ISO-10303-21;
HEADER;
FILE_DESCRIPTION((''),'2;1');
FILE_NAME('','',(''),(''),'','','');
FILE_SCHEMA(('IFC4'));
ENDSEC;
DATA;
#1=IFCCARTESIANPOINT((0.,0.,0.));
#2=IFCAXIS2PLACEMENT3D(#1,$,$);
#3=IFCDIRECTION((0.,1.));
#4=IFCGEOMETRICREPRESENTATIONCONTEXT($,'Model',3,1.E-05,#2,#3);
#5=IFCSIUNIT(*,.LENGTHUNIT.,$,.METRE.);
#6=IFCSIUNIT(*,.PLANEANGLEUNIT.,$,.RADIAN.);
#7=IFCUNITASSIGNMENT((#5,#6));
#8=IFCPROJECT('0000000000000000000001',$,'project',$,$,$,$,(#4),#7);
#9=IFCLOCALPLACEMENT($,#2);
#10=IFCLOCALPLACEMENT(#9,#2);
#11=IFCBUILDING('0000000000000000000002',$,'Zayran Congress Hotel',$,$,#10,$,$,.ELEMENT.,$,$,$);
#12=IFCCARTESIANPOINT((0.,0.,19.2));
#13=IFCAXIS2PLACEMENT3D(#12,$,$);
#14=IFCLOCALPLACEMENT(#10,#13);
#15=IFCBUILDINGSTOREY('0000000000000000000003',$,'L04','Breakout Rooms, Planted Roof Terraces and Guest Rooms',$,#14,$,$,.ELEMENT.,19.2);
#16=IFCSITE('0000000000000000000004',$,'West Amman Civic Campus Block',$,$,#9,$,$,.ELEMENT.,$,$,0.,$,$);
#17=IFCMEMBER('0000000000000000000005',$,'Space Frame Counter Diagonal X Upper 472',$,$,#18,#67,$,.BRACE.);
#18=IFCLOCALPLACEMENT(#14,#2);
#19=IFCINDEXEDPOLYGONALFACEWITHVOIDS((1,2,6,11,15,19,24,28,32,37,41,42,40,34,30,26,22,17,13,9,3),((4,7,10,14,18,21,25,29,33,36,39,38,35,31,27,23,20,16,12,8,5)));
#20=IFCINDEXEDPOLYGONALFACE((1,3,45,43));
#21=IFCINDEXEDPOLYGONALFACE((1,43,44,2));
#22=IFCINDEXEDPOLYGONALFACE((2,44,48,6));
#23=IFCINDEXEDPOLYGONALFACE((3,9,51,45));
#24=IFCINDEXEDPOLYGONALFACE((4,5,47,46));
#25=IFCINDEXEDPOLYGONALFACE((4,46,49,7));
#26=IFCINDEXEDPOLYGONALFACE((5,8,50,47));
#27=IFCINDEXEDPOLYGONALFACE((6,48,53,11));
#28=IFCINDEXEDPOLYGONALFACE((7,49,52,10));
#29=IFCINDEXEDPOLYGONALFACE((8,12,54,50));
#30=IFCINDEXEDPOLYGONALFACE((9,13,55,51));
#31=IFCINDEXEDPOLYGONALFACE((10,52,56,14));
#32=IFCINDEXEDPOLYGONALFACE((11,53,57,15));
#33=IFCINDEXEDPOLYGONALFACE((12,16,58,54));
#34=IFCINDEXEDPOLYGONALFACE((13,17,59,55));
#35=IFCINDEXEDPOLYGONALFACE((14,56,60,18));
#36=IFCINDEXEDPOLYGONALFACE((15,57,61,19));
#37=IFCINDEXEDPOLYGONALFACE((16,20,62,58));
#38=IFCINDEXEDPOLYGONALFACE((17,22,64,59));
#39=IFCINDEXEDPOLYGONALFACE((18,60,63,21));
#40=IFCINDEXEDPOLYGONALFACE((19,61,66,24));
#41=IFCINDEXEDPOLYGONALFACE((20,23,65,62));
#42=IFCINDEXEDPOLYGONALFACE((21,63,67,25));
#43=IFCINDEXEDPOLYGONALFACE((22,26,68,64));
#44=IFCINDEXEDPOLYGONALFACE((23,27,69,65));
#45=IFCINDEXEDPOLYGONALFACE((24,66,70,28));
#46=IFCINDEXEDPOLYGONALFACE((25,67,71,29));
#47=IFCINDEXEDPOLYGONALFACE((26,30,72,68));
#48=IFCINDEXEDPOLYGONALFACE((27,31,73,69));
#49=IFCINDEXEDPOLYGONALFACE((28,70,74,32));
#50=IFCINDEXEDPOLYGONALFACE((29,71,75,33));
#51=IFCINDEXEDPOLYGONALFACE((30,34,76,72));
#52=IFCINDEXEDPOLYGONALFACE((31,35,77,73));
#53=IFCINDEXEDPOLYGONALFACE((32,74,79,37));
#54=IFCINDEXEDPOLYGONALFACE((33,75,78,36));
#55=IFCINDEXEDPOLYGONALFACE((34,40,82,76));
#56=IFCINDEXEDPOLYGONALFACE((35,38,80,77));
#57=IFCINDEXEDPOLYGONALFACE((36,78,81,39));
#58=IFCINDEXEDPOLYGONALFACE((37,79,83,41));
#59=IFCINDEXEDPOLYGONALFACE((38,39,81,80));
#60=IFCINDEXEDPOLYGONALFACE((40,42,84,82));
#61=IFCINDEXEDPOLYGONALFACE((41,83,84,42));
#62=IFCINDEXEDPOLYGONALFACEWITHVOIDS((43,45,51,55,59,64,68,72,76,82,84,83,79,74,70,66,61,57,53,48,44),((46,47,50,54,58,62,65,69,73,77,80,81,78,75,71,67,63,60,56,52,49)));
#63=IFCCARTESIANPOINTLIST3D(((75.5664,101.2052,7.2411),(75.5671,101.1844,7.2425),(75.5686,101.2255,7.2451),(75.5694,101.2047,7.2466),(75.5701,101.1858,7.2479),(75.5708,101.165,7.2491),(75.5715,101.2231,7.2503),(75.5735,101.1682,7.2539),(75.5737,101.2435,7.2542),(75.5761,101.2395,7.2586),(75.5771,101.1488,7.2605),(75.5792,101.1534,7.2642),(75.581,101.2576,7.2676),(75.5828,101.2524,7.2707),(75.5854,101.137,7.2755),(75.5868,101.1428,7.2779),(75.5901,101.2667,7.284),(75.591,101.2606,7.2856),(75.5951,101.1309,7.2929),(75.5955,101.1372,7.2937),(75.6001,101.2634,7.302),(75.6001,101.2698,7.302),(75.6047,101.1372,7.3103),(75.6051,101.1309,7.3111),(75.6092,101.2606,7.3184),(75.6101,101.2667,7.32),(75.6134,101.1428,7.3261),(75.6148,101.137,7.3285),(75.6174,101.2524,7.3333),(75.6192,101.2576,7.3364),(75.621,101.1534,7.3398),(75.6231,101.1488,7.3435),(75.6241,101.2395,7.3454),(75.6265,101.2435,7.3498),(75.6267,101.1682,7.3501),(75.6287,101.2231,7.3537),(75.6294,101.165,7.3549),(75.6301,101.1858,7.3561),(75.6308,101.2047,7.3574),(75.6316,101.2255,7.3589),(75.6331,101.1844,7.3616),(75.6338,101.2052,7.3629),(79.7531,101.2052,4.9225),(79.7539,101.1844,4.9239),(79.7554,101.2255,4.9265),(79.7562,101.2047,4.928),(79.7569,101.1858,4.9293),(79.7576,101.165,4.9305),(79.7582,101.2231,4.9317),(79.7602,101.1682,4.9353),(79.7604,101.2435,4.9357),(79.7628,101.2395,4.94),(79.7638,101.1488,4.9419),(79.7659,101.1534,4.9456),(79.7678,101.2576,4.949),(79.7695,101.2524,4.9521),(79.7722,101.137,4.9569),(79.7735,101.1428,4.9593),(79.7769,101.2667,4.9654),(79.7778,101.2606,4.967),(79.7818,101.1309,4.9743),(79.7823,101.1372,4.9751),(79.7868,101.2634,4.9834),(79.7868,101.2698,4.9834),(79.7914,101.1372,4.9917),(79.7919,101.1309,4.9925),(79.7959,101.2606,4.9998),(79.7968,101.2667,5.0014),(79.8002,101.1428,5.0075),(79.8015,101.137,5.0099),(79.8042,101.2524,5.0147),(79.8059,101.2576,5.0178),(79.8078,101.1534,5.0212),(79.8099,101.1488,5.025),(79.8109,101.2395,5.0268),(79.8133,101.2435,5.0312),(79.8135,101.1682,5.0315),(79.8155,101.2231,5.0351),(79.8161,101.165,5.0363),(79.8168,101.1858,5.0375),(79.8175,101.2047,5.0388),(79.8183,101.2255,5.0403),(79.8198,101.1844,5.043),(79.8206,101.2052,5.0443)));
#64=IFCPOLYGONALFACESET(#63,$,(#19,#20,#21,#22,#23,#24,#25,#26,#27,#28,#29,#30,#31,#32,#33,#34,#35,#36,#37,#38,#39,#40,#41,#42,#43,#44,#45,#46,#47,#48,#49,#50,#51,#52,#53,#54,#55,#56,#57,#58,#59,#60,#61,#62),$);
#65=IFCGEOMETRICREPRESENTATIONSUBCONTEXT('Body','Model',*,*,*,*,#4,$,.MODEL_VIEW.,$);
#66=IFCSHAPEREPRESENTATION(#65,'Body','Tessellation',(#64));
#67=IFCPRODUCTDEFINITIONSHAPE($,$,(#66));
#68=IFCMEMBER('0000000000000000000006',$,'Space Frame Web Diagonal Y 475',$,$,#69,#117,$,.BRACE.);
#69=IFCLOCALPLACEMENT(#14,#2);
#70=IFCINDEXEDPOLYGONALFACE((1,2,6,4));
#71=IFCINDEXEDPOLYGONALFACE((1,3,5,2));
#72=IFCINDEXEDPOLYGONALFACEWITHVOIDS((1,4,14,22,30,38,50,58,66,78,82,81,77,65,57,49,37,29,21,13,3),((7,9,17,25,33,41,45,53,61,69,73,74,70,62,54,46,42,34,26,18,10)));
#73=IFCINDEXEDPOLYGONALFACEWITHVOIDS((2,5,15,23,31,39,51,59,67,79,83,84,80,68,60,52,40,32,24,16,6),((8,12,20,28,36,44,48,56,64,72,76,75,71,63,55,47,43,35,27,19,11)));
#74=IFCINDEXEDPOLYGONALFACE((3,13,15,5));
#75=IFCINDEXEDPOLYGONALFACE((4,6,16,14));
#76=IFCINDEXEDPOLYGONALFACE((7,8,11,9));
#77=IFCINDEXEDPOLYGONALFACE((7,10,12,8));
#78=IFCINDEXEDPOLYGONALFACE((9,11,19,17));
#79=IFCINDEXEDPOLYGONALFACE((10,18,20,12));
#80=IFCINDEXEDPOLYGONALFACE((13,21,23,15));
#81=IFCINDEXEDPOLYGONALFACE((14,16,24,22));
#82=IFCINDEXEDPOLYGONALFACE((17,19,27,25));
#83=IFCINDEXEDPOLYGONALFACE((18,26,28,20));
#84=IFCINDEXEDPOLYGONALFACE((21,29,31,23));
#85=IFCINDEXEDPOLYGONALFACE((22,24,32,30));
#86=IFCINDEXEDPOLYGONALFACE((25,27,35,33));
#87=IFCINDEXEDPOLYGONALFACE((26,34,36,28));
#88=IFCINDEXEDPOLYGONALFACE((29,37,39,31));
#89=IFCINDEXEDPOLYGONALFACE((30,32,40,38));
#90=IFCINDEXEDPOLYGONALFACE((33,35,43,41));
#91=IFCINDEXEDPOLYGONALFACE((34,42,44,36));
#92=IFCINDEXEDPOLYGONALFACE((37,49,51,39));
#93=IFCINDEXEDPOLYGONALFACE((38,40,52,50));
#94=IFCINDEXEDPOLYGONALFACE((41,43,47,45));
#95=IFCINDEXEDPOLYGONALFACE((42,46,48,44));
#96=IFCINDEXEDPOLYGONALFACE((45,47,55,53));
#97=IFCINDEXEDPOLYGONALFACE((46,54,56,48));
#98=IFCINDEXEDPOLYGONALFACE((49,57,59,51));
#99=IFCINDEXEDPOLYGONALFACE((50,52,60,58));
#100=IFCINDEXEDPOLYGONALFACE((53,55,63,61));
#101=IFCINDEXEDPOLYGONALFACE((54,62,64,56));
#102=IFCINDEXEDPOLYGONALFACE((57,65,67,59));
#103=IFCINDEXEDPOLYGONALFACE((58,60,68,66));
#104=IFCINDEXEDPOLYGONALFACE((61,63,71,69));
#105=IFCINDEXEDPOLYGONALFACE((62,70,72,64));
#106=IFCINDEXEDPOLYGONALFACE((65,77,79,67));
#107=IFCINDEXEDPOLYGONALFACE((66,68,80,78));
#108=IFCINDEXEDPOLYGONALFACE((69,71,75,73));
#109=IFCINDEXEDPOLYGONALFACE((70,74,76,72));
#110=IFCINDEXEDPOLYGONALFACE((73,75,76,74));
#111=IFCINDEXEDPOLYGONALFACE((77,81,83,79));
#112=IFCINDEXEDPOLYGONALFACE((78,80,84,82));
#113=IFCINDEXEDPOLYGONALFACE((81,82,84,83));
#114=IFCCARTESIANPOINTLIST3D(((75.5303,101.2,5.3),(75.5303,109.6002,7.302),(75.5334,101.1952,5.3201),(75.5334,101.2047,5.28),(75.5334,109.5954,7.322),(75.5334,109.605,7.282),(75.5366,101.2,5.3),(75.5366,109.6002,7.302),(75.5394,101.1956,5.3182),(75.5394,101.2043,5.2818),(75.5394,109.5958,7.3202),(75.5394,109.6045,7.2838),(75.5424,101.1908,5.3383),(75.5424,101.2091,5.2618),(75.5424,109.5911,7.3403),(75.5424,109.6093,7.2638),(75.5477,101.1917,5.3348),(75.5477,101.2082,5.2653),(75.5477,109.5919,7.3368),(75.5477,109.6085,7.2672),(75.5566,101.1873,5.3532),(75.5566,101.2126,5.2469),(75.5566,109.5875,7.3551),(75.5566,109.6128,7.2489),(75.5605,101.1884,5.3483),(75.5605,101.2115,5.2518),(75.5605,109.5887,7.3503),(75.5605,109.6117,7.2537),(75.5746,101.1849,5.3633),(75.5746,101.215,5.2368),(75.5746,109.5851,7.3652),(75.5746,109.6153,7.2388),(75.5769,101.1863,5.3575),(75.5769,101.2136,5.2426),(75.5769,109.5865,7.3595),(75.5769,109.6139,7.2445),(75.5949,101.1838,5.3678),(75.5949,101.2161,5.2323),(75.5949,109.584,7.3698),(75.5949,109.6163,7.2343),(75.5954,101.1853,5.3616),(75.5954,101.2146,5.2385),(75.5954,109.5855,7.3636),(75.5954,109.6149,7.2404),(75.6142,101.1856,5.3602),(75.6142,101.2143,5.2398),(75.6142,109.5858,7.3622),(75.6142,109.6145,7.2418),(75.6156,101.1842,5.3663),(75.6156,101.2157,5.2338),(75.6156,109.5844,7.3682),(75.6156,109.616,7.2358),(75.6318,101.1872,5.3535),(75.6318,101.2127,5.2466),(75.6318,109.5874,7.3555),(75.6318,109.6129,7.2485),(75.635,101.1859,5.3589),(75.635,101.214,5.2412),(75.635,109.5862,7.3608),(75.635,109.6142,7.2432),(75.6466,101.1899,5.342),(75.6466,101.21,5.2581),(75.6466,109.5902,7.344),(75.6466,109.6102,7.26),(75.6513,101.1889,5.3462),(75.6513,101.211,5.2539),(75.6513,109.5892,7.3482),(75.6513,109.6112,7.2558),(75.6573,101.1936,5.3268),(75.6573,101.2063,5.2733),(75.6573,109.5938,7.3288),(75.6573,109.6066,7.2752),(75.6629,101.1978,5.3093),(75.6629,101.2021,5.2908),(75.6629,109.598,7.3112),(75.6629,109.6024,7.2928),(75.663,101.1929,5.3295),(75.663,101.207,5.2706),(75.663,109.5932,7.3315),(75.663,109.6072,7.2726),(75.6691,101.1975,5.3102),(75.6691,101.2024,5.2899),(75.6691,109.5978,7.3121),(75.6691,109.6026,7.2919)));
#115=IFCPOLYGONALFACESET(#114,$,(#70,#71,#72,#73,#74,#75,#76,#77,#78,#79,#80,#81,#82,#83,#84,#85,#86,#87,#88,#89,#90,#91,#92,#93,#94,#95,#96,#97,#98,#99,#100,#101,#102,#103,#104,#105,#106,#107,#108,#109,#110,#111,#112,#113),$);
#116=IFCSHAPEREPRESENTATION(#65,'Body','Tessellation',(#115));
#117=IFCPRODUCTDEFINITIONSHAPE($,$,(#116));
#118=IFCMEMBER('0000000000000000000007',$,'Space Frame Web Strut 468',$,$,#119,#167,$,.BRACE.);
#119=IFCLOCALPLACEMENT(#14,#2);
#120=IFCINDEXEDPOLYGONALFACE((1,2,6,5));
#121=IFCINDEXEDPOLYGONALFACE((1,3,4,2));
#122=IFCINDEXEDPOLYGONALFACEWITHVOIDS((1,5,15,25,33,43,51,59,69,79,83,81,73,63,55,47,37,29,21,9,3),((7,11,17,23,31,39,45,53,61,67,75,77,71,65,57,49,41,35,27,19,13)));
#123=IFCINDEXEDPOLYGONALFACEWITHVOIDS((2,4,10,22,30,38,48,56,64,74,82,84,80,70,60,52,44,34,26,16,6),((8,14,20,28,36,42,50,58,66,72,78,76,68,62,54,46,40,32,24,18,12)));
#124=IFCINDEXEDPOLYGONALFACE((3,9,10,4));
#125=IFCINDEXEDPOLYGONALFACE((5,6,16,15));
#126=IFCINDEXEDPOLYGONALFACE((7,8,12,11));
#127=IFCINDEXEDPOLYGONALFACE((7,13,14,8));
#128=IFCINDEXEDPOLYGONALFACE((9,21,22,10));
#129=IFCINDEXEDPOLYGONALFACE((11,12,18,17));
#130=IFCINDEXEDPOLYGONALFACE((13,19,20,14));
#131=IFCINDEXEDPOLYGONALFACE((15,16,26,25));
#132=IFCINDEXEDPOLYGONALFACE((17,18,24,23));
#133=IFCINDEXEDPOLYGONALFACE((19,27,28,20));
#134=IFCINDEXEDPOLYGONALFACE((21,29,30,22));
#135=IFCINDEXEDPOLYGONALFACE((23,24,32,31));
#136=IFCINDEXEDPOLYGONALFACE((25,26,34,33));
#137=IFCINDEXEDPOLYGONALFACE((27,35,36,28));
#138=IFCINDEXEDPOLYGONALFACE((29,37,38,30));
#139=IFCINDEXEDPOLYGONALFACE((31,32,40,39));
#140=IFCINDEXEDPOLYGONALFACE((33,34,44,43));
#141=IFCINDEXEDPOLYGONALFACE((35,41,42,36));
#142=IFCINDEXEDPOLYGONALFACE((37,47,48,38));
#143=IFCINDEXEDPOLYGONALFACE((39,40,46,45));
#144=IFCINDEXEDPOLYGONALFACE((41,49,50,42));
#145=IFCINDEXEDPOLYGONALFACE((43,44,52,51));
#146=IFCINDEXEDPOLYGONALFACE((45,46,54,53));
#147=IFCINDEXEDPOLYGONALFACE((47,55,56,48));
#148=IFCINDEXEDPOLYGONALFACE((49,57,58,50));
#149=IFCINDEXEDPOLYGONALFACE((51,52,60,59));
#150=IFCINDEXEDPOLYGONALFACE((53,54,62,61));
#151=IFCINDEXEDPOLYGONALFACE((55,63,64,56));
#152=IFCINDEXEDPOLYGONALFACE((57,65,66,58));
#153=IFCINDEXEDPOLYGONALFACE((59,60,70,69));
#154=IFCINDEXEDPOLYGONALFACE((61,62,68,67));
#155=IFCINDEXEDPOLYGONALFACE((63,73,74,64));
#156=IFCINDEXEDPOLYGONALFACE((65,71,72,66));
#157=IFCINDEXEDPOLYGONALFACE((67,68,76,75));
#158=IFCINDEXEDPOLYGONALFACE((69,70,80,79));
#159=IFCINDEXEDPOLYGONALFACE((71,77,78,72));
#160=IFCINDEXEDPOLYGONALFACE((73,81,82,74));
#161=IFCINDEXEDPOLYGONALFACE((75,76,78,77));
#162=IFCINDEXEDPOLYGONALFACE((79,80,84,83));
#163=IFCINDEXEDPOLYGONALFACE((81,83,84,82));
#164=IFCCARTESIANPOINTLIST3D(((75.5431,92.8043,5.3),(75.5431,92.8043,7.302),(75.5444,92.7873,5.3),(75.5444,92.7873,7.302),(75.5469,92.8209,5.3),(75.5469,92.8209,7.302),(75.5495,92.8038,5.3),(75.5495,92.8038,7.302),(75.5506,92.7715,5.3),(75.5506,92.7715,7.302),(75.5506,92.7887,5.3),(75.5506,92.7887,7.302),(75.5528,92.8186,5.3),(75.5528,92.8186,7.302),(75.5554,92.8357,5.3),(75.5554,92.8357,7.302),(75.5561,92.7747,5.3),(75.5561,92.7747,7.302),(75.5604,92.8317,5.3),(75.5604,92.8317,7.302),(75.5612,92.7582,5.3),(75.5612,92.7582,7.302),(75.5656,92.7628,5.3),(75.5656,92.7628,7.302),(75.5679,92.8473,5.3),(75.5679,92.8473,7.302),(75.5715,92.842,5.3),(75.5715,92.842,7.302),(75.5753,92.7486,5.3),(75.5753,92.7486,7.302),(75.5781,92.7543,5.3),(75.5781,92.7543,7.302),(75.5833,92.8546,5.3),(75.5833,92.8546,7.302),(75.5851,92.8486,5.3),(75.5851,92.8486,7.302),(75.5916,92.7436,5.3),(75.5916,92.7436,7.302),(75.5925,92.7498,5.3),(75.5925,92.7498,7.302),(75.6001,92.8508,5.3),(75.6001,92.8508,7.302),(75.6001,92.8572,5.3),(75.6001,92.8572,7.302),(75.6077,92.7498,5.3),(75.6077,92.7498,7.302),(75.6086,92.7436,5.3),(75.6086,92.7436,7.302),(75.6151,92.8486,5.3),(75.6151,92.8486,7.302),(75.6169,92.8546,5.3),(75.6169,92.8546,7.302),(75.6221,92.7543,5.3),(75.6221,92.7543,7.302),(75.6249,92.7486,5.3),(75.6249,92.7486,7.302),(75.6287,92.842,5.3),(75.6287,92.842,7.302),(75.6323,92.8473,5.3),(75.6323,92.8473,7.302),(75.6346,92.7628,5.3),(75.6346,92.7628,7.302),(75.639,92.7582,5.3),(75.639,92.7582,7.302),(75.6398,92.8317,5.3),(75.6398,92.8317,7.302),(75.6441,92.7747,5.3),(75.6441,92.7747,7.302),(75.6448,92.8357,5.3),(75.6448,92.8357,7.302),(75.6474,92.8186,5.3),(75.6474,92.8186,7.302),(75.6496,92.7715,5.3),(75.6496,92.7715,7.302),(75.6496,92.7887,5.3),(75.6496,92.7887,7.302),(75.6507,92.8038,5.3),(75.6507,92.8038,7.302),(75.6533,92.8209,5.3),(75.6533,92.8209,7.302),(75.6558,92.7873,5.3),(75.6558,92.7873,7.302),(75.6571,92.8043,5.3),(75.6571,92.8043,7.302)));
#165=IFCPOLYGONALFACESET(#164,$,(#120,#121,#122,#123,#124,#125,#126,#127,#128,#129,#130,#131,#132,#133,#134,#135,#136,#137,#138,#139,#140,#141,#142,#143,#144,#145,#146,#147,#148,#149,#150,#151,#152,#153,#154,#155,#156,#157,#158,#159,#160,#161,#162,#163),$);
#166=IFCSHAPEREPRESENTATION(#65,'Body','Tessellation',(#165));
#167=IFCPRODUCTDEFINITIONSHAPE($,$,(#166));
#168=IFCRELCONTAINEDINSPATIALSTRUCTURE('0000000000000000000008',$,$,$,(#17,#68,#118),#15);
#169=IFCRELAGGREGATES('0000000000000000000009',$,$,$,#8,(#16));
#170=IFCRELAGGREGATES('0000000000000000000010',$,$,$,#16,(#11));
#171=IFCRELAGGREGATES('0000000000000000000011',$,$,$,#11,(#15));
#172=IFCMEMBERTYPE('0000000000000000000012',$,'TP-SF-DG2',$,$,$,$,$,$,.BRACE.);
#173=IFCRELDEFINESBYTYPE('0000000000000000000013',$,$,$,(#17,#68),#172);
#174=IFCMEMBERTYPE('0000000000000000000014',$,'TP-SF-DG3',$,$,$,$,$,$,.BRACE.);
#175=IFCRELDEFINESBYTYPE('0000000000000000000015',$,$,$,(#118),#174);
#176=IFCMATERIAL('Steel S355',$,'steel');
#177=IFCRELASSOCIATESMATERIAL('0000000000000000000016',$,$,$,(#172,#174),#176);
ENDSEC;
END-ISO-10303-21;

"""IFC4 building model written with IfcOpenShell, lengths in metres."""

from ifc_helpers import new_model, si_unit, direction, frame, origin, origin_2d, place, context, subcontext, project, spatial, hollow_circle, extrude, material, material_profile, profile_set, type_object, element, save


model = new_model("IFC4")

# Units and contexts
model_context = context("Model", 3, precision=1e-05, world=origin(), true_north=direction((0.0, 1.0)))
body_context = subcontext(model_context, "Body", "Model", "MODEL_VIEW")
ifc_project = project(units=[si_unit("LENGTHUNIT", "METRE"), si_unit("PLANEANGLEUNIT", "RADIAN")], contexts=[model_context])

# Site, building, storey
site_placement = place(None, origin())
site = spatial("IfcSite", under=ifc_project, at=site_placement, Name="West Amman Civic Campus Block", CompositionType="ELEMENT", RefElevation=0.0)
building_placement = place(site_placement, origin())
building = spatial("IfcBuilding", under=site, at=building_placement, Name="Zayran Congress Hotel", CompositionType="ELEMENT")
storey_placement = place(building_placement, frame((0.0, 0.0, 19.2)))
storey = spatial("IfcBuildingStorey", under=building, at=storey_placement, Name="L04", Description="Breakout Rooms, Planted Roof Terraces and Guest Rooms", CompositionType="ELEMENT", Elevation=19.2)

# Members
ifc_material_1 = material(Name="Steel S355", Category="steel")
ifc_material_profile_1 = material_profile(ifc_material_1, hollow_circle(Radius=0.0698, WallThickness=0.0063, at=origin_2d()), Name="CHS 139.7x6.3")
ifc_profile_set_1 = profile_set([ifc_material_profile_1], Name="Steel S355")
member_type_1 = type_object("IfcMemberType", Name="TP-SF-DG2", PredefinedType="BRACE", material=ifc_profile_set_1)
member_1_placement = place(storey_placement, frame((75.6001, 101.2, 7.302), z_axis=(0.874811, 0.0, -0.484464), x_axis=(0.0, 1.0, 0.0)))
element("IfcMember", 1, at=member_1_placement, inside=storey, type_object=member_type_1, Name="Space Frame Counter Diagonal X Upper 472", PredefinedType="BRACE", context=body_context, shape_type="SweptSolid", body=[
    extrude(hollow_circle(Radius=0.0698, WallThickness=0.0063, at=origin_2d()), origin(), (0.0, 0.0, 1.0), 4.7859),
])
member_2_placement = place(storey_placement, frame((75.6001, 101.2, 5.3), z_axis=(0.0, 0.972756, 0.231831), x_axis=(-1.0, 0.0, 0.0)))
element("IfcMember", 2, at=member_2_placement, inside=storey, type_object=member_type_1, Name="Space Frame Web Diagonal Y 475", PredefinedType="BRACE", context=body_context, shape_type="SweptSolid", body=[
    extrude(hollow_circle(Radius=0.0698, WallThickness=0.0063, at=origin_2d()), origin(), (0.0, 0.0, 1.0), 8.6355),
])
ifc_material_profile_2 = material_profile(ifc_material_1, hollow_circle(Radius=0.0571, WallThickness=0.0063, at=origin_2d()), Name="CHS 114.3x6.3")
ifc_profile_set_2 = profile_set([ifc_material_profile_2], Name="Steel S355")
member_type_2 = type_object("IfcMemberType", Name="TP-SF-DG3", PredefinedType="BRACE", material=ifc_profile_set_2)
for number, where, z_axis, x_axis, name in (
    (3, (75.6001, 92.8, 5.3), (0.0, 0.0, 1.0), (0.0, 1.0, 0.0), "Space Frame Web Strut 468"),
):
    element("IfcMember", number, at=place(storey_placement, frame(where, z_axis=z_axis, x_axis=x_axis)), inside=storey, type_object=member_type_2, Name=name, PredefinedType="BRACE", context=body_context, shape_type="SweptSolid", body=[
        extrude(hollow_circle(Radius=0.0571, WallThickness=0.0063, at=origin_2d()), origin(), (0.0, 0.0, 1.0), 2.002),
    ])

save(model, "model.ifc")
